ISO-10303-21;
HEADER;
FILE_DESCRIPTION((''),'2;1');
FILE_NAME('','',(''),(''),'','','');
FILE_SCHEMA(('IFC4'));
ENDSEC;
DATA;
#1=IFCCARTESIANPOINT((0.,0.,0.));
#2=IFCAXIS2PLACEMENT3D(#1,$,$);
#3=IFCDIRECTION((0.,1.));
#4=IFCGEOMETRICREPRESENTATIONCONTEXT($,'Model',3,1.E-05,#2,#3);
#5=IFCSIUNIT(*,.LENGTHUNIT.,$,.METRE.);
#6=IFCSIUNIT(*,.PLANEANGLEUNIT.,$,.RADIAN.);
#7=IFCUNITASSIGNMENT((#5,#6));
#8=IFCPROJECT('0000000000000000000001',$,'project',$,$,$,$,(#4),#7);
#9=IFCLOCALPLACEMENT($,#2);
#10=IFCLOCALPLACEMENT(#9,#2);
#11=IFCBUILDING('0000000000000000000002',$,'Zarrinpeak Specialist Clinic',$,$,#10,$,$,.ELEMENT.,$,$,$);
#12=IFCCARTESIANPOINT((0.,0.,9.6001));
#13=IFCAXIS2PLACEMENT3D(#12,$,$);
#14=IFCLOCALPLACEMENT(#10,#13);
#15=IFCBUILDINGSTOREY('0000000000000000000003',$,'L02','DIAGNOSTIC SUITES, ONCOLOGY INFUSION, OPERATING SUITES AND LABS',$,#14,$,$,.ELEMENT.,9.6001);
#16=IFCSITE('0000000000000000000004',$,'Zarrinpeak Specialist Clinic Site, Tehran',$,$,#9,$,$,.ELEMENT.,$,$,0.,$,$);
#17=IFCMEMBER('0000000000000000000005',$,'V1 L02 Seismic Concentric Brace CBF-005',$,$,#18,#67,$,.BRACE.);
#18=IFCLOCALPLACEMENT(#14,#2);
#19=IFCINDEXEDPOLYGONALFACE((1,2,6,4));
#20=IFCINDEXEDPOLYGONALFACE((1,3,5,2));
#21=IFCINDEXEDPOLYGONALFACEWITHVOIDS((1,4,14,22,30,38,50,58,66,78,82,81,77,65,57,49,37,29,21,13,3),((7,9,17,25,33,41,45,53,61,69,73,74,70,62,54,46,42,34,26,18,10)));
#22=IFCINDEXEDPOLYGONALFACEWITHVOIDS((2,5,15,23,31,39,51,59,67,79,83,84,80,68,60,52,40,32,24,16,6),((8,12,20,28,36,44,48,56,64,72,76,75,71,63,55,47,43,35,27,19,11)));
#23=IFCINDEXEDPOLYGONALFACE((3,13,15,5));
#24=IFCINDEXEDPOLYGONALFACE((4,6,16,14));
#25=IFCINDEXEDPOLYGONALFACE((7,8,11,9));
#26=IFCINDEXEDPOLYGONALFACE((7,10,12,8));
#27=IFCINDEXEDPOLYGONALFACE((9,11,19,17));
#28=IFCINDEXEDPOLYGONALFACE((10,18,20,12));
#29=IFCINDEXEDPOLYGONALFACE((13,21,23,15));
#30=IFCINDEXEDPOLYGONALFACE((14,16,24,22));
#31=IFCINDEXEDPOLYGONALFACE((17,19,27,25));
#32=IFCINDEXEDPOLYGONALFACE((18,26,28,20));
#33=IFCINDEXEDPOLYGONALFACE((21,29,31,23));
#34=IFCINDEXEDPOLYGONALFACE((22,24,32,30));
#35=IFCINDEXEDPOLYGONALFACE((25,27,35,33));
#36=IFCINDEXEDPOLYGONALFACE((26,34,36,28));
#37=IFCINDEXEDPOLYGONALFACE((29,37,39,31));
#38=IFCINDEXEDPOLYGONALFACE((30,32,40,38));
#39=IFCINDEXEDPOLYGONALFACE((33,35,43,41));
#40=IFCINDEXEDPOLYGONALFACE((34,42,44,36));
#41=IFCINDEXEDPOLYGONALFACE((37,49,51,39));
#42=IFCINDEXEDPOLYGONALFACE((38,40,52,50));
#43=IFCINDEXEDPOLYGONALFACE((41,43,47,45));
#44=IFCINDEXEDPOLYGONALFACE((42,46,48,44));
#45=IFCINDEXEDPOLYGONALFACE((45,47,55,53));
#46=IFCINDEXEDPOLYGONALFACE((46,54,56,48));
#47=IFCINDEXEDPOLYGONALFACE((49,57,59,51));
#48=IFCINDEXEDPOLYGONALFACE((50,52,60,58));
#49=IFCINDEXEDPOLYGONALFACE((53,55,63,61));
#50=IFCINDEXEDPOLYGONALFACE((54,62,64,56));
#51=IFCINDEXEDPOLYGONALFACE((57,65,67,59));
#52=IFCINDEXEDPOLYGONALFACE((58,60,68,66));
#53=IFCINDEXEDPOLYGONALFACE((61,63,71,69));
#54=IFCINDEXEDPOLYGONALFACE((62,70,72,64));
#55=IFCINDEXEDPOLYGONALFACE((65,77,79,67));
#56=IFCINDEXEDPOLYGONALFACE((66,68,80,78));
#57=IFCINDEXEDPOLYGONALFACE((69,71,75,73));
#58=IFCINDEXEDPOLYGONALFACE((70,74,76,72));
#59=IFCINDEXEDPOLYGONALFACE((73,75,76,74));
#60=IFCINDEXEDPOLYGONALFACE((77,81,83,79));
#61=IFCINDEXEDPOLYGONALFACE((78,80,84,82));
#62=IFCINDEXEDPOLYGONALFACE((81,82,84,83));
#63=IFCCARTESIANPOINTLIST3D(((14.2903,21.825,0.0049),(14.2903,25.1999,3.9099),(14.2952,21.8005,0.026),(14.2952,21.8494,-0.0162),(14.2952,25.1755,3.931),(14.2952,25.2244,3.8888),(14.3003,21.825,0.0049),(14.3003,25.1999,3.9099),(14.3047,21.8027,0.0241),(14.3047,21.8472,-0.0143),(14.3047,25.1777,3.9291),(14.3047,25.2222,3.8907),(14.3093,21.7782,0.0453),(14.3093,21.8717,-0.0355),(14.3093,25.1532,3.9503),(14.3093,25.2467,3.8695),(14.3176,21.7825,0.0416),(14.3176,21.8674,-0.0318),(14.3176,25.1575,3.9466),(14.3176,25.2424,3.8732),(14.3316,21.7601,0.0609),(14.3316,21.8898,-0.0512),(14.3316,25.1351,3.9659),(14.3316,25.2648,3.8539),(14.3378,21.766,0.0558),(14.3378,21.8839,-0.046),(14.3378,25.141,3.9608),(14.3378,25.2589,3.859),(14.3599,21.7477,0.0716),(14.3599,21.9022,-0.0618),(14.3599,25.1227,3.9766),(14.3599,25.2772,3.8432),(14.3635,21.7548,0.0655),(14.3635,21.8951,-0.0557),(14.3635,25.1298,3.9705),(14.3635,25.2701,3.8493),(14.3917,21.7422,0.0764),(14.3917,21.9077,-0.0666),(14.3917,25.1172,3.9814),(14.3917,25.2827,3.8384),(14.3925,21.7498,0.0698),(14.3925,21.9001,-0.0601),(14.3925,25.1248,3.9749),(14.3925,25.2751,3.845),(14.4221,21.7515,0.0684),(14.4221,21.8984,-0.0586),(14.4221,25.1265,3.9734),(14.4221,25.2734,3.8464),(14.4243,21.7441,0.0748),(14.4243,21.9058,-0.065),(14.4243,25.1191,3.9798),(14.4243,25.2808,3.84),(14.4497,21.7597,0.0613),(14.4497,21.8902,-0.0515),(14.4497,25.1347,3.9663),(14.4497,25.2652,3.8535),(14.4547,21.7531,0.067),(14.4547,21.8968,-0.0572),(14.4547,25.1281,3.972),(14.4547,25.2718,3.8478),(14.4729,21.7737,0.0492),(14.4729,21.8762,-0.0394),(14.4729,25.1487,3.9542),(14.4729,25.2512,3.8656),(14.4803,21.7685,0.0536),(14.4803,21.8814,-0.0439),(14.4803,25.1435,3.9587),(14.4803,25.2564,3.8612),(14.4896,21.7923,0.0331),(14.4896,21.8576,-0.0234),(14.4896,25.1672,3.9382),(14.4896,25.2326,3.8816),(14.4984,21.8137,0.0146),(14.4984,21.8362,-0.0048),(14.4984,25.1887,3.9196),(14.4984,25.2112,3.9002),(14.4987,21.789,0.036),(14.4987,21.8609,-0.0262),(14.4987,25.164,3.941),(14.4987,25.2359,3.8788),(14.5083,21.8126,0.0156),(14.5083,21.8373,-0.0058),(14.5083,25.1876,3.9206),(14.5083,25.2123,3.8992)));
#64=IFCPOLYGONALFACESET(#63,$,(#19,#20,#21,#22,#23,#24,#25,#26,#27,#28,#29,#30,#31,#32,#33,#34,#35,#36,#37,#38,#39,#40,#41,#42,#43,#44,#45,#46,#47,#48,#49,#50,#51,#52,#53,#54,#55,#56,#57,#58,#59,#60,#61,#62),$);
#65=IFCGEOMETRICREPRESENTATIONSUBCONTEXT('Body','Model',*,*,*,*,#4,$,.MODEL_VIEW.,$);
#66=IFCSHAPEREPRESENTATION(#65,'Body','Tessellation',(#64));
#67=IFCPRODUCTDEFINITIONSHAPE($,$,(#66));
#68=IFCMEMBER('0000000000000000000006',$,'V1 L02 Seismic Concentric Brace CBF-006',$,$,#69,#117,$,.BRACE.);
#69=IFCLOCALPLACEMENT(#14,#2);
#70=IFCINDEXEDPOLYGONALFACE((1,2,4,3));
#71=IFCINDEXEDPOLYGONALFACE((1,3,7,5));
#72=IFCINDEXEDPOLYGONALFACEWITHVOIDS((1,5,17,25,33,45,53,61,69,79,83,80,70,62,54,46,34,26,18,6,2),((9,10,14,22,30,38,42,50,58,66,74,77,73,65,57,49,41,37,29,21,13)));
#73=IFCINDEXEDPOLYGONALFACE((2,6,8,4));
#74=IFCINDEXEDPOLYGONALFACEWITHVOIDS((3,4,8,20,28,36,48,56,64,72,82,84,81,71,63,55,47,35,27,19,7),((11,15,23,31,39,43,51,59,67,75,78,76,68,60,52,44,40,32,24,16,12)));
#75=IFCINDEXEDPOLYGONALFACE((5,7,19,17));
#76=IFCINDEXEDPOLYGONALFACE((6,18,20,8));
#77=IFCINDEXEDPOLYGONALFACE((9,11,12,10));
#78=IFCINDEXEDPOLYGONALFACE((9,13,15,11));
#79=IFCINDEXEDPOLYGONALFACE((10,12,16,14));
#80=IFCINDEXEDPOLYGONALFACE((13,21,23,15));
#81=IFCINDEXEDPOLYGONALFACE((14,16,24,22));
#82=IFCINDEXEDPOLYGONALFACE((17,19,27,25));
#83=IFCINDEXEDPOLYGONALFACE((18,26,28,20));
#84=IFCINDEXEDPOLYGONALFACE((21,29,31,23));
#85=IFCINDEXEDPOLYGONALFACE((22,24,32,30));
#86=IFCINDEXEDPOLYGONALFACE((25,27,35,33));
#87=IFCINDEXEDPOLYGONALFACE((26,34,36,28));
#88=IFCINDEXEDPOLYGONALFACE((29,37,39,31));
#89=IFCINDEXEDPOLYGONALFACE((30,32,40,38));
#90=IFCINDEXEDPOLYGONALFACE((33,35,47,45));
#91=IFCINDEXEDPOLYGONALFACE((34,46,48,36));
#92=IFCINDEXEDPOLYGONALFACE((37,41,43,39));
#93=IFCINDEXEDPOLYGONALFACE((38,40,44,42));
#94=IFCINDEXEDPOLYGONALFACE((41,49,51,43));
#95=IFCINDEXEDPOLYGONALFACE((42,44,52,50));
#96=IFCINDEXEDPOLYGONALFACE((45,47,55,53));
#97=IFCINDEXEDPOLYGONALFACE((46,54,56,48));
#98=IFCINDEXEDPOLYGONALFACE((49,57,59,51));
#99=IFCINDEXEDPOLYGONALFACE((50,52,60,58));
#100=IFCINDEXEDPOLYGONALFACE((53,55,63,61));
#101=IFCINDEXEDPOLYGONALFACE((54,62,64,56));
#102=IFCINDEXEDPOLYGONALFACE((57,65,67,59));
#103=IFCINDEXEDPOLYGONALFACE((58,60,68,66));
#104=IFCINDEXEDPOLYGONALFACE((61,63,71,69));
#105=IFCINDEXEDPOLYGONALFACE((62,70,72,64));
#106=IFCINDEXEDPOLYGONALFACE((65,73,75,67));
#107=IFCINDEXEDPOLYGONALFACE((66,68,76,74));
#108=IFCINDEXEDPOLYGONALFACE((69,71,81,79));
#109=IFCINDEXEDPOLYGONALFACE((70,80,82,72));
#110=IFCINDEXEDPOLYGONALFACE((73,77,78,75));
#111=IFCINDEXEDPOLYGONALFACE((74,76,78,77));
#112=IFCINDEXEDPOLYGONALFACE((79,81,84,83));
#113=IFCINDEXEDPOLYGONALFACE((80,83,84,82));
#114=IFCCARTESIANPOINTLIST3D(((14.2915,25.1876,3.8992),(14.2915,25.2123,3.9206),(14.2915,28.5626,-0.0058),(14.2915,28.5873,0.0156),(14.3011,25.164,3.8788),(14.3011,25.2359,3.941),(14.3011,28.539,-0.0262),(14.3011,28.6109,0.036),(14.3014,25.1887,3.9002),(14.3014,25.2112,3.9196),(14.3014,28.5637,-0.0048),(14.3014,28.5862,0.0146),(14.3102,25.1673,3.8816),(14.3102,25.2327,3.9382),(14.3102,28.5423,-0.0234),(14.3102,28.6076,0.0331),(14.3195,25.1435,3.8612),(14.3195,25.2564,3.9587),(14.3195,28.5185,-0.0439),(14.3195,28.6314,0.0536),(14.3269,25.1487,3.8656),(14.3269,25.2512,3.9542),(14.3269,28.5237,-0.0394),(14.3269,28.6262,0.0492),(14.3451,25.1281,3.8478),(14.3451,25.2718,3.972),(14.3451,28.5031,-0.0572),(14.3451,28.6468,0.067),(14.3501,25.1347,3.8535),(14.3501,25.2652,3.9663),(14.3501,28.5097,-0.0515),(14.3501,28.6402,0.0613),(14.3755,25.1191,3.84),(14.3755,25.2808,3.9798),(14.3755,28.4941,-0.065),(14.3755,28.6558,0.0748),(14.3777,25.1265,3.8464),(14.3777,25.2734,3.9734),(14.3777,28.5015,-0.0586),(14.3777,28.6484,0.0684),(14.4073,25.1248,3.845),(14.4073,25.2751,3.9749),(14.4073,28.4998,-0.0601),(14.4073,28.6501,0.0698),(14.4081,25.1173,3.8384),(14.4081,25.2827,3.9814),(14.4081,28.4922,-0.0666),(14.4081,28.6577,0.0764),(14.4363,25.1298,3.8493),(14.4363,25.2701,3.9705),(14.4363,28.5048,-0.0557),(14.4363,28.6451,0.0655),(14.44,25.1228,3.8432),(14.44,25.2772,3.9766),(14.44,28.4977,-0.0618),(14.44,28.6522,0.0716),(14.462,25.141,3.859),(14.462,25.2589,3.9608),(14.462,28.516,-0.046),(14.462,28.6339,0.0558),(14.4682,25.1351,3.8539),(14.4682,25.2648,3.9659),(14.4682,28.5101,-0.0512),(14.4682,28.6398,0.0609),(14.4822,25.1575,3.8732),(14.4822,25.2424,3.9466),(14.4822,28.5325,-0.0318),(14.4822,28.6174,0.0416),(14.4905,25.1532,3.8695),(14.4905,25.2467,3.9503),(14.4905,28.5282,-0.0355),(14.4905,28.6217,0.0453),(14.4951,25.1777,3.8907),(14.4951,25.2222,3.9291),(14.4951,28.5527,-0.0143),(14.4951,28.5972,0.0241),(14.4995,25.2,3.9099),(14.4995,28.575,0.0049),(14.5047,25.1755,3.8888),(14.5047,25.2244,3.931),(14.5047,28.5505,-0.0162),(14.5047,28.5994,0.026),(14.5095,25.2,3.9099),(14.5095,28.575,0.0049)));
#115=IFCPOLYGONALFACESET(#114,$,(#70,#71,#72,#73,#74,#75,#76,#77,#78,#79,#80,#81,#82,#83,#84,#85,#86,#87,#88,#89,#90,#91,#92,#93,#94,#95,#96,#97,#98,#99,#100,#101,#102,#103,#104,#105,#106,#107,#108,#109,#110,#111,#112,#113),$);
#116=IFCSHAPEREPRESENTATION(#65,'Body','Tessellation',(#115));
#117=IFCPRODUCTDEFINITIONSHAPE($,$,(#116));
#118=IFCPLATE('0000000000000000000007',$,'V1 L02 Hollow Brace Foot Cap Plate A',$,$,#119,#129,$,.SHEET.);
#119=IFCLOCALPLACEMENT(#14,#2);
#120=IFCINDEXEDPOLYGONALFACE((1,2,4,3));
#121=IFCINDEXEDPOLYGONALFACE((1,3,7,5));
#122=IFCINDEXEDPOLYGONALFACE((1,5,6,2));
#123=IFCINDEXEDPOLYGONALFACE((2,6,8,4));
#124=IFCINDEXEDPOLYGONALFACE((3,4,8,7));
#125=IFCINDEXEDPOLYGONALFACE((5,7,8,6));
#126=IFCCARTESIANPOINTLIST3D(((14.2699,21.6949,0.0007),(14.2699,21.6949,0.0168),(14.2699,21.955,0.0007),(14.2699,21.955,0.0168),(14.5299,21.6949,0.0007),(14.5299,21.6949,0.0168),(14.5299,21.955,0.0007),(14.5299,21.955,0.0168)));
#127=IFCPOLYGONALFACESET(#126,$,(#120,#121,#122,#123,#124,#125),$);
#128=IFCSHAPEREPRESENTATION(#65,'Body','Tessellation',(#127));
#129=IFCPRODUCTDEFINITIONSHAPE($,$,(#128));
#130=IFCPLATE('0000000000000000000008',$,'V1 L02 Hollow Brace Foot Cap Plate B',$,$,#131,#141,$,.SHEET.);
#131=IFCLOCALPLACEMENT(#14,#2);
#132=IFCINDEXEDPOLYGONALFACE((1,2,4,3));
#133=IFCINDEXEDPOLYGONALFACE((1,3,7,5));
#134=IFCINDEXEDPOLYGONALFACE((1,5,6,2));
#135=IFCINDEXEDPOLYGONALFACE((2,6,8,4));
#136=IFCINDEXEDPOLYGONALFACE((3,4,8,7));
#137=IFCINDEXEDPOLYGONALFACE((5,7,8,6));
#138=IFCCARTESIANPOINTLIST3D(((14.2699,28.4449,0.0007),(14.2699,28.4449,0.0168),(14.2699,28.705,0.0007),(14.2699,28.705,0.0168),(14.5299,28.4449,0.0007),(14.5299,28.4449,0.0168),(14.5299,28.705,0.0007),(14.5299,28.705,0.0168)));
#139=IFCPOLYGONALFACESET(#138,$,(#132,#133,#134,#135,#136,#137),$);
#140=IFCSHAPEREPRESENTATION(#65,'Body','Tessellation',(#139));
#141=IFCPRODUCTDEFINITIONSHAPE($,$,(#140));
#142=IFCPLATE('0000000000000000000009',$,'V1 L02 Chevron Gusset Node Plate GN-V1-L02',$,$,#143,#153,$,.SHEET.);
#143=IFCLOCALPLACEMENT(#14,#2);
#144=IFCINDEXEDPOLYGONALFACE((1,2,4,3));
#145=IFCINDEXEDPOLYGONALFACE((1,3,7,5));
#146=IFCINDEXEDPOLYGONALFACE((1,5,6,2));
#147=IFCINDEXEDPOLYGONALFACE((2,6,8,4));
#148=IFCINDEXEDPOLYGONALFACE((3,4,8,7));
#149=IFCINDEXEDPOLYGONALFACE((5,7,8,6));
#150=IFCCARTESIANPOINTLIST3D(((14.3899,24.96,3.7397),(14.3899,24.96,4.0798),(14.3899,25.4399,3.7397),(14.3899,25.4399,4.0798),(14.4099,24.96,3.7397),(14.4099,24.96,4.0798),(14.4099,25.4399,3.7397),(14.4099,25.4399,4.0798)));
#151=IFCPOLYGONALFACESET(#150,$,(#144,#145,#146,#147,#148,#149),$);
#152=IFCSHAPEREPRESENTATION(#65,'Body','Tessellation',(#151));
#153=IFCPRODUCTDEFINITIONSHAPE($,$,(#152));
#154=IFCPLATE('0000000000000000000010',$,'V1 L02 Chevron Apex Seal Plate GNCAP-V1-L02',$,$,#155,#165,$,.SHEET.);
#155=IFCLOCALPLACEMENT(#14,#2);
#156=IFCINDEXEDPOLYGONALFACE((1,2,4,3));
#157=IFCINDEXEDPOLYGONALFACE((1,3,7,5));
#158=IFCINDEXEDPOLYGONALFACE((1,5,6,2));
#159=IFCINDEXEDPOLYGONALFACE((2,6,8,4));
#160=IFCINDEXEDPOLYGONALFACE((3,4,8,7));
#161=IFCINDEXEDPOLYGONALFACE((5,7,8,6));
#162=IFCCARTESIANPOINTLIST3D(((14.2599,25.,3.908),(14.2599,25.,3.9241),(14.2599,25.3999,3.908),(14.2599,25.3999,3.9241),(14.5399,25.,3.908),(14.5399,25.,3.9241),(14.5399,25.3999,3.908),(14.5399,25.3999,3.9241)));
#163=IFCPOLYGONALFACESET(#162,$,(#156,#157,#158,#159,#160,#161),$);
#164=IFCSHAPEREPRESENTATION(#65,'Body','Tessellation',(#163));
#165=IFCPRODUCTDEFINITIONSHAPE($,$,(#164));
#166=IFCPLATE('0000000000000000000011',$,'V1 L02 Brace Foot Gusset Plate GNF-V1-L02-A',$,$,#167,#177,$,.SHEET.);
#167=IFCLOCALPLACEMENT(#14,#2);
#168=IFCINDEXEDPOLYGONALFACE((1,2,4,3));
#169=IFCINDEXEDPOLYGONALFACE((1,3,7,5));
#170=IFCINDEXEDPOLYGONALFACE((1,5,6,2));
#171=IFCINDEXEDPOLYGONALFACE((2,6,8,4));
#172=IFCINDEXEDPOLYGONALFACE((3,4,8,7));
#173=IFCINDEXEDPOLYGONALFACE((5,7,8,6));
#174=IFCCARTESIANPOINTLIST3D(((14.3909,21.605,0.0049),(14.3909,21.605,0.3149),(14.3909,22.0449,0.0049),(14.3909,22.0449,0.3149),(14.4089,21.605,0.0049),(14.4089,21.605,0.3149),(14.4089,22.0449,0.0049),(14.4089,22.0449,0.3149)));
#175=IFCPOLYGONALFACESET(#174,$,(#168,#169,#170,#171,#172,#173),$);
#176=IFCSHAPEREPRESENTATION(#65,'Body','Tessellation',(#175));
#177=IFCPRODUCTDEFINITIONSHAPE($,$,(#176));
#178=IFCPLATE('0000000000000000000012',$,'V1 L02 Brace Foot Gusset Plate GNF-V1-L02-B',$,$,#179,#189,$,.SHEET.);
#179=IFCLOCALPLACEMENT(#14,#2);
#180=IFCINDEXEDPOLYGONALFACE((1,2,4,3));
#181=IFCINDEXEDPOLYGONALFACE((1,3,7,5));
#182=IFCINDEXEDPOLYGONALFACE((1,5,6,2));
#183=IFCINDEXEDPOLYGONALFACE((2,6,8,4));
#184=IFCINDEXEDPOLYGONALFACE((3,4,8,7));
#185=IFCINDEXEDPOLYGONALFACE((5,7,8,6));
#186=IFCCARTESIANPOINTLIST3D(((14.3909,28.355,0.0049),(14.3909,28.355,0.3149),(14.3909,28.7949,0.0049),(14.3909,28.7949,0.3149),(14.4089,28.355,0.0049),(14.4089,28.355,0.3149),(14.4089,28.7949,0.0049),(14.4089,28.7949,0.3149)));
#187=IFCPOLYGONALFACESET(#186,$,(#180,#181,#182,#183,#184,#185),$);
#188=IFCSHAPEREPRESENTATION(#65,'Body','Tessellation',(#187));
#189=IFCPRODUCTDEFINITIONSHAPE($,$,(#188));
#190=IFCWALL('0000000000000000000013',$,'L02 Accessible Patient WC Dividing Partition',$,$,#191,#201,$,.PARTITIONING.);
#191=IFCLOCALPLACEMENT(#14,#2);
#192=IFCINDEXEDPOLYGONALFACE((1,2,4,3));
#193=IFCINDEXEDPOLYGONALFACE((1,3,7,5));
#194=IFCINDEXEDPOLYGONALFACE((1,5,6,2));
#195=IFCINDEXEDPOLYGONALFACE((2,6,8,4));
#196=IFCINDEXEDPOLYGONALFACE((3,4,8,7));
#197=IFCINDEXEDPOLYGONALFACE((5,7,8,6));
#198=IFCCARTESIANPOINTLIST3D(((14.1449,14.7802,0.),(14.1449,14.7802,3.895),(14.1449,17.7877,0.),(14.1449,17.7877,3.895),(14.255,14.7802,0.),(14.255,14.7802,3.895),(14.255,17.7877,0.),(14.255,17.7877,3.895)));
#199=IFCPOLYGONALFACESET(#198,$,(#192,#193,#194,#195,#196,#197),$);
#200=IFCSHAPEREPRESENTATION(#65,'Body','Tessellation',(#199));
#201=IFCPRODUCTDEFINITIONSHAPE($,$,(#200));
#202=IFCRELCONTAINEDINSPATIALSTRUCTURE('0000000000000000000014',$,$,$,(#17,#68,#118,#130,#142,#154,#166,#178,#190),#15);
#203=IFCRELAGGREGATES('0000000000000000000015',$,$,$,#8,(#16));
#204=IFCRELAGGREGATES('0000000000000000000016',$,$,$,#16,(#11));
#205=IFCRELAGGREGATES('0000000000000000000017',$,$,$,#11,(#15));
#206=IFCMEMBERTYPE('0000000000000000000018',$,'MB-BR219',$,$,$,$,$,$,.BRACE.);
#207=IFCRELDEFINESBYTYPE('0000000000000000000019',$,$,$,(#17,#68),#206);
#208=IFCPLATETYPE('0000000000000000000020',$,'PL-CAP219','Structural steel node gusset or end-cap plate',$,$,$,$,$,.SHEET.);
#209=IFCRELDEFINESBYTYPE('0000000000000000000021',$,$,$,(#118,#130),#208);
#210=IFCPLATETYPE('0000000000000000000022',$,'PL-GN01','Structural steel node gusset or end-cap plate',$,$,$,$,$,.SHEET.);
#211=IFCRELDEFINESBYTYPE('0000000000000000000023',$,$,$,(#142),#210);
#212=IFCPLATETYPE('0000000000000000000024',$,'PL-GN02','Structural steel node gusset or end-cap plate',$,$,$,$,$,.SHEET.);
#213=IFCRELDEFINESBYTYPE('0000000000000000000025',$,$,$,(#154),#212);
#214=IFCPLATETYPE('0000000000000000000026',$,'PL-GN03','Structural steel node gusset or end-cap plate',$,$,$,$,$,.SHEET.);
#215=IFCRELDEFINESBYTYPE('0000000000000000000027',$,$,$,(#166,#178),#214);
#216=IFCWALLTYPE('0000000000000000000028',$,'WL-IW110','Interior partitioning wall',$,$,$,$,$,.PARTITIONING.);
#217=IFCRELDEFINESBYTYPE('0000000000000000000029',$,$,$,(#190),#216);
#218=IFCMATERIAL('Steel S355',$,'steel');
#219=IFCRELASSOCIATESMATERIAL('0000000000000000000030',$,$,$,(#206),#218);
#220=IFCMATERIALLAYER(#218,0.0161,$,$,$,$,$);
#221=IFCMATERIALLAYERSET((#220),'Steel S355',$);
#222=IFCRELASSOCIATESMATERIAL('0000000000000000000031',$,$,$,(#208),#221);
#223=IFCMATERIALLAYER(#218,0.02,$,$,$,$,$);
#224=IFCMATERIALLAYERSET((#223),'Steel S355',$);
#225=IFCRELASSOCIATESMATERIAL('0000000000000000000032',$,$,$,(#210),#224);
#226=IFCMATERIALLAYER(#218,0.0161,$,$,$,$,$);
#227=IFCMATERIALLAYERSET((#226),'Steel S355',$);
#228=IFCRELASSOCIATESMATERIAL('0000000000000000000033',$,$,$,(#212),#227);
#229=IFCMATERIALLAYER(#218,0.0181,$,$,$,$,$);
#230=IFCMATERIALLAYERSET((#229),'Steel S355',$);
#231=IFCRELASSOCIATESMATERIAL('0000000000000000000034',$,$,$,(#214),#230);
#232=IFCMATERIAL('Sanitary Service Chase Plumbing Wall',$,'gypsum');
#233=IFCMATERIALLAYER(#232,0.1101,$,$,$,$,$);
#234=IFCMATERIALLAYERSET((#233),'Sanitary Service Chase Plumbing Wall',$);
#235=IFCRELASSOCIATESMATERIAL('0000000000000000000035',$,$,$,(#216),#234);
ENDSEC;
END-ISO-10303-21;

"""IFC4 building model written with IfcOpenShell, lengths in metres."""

from ifc_helpers import new_model, si_unit, direction, frame, frame_2d, origin, origin_2d, place, context, subcontext, project, spatial, rectangle, hollow_circle, extrude, material, layer, layer_set, material_profile, profile_set, type_object, element, save


model = new_model("IFC4")

# Units and contexts
model_context = context("Model", 3, precision=1e-05, world=origin(), true_north=direction((0.0, 1.0)))
body_context = subcontext(model_context, "Body", "Model", "MODEL_VIEW")
ifc_project = project(units=[si_unit("LENGTHUNIT", "METRE"), si_unit("PLANEANGLEUNIT", "RADIAN")], contexts=[model_context])

# Site, building, storey
site_placement = place(None, origin())
site = spatial("IfcSite", under=ifc_project, at=site_placement, Name="Zarrinpeak Specialist Clinic Site, Tehran", CompositionType="ELEMENT", RefElevation=0.0)
building_placement = place(site_placement, origin())
building = spatial("IfcBuilding", under=site, at=building_placement, Name="Zarrinpeak Specialist Clinic", CompositionType="ELEMENT")
storey_placement = place(building_placement, frame((0.0, 0.0, 9.6001)))
storey = spatial("IfcBuildingStorey", under=building, at=storey_placement, Name="L02", Description="DIAGNOSTIC SUITES, ONCOLOGY INFUSION, OPERATING SUITES AND LABS", CompositionType="ELEMENT", Elevation=9.6001)

# Shared definitions
ifc_material_1 = material(Name="Steel S355", Category="steel")

# Members
ifc_material_profile_1 = material_profile(ifc_material_1, hollow_circle(Radius=0.1096, WallThickness=0.01, at=origin_2d()), Name="CHS 219.1x10.0")
ifc_profile_set_1 = profile_set([ifc_material_profile_1], Name="Steel S355")
member_type = type_object("IfcMemberType", Name="MB-BR219", PredefinedType="BRACE", material=ifc_profile_set_1)
for number, where, z_axis, x_axis, name in (
    (1, (14.3999, 21.825, 0.0049), (0.0, 0.653894, 0.756586), (-1.0, 0.0, 0.0), "V1 L02 Seismic Concentric Brace CBF-005"),
    (2, (14.3999, 28.575, 0.0049), (0.0, -0.653894, 0.756586), (1.0, 0.0, 0.0), "V1 L02 Seismic Concentric Brace CBF-006"),
):
    element("IfcMember", number, at=place(storey_placement, frame(where, z_axis=z_axis, x_axis=x_axis)), inside=storey, type_object=member_type, Name=name, PredefinedType="BRACE", context=body_context, shape_type="SweptSolid", body=[
        extrude(hollow_circle(Radius=0.1096, WallThickness=0.01, at=origin_2d()), origin(), (0.0, 0.0, 1.0), 5.1614),
    ])

# Plates
ifc_layer_1 = layer(ifc_material_1, 0.0161)
ifc_layer_set_1 = layer_set([ifc_layer_1], Name="Steel S355")
plate_type_1 = type_object("IfcPlateType", Name="PL-CAP219", Description="Structural steel node gusset or end-cap plate", PredefinedType="SHEET", material=ifc_layer_set_1)
for number, where, z_axis, x_axis, name in (
    (3, (14.3999, 21.825, 0.0007), (0.0, 0.0, 1.0), (1.0, 0.0, 0.0), "V1 L02 Hollow Brace Foot Cap Plate A"),
    (4, (14.3999, 28.575, 0.0007), (0.0, 0.0, 1.0), (1.0, 0.0, 0.0), "V1 L02 Hollow Brace Foot Cap Plate B"),
):
    element("IfcPlate", number, at=place(storey_placement, frame(where, z_axis=z_axis, x_axis=x_axis)), inside=storey, type_object=plate_type_1, Name=name, PredefinedType="SHEET", context=body_context, shape_type="SweptSolid", body=[
        extrude(rectangle(XDim=0.26, YDim=0.26, at=origin_2d()), origin(), (0.0, 0.0, 1.0), 0.0161),
    ])
ifc_layer_2 = layer(ifc_material_1, 0.02)
ifc_layer_set_2 = layer_set([ifc_layer_2], Name="Steel S355")
plate_type_2 = type_object("IfcPlateType", Name="PL-GN01", Description="Structural steel node gusset or end-cap plate", PredefinedType="SHEET", material=ifc_layer_set_2)
plate_1_placement = place(storey_placement, frame((14.3999, 25.2, 3.7397), z_axis=(0.0, 0.0, 1.0), x_axis=(1.0, 0.0, 0.0)))
element("IfcPlate", 5, at=plate_1_placement, inside=storey, type_object=plate_type_2, Name="V1 L02 Chevron Gusset Node Plate GN-V1-L02", PredefinedType="SHEET", context=body_context, shape_type="SweptSolid", body=[
    extrude(rectangle(XDim=0.02, YDim=0.48, at=origin_2d()), origin(), (0.0, 0.0, 1.0), 0.3401),
])
ifc_layer_3 = layer(ifc_material_1, 0.0161)
ifc_layer_set_3 = layer_set([ifc_layer_3], Name="Steel S355")
plate_type_3 = type_object("IfcPlateType", Name="PL-GN02", Description="Structural steel node gusset or end-cap plate", PredefinedType="SHEET", material=ifc_layer_set_3)
plate_2_placement = place(storey_placement, frame((14.3999, 25.2, 3.908), z_axis=(0.0, 0.0, 1.0), x_axis=(1.0, 0.0, 0.0)))
element("IfcPlate", 6, at=plate_2_placement, inside=storey, type_object=plate_type_3, Name="V1 L02 Chevron Apex Seal Plate GNCAP-V1-L02", PredefinedType="SHEET", context=body_context, shape_type="SweptSolid", body=[
    extrude(rectangle(XDim=0.28, YDim=0.3999, at=origin_2d()), origin(), (0.0, 0.0, 1.0), 0.0161),
])
ifc_layer_4 = layer(ifc_material_1, 0.0181)
ifc_layer_set_4 = layer_set([ifc_layer_4], Name="Steel S355")
plate_type_4 = type_object("IfcPlateType", Name="PL-GN03", Description="Structural steel node gusset or end-cap plate", PredefinedType="SHEET", material=ifc_layer_set_4)
for number, where, z_axis, x_axis, name in (
    (7, (14.3999, 21.825, 0.0049), (0.0, 0.0, 1.0), (1.0, 0.0, 0.0), "V1 L02 Brace Foot Gusset Plate GNF-V1-L02-A"),
    (8, (14.3999, 28.575, 0.0049), (0.0, 0.0, 1.0), (1.0, 0.0, 0.0), "V1 L02 Brace Foot Gusset Plate GNF-V1-L02-B"),
):
    element("IfcPlate", number, at=place(storey_placement, frame(where, z_axis=z_axis, x_axis=x_axis)), inside=storey, type_object=plate_type_4, Name=name, PredefinedType="SHEET", context=body_context, shape_type="SweptSolid", body=[
        extrude(rectangle(XDim=0.0181, YDim=0.4399, at=origin_2d()), origin(), (0.0, 0.0, 1.0), 0.3101),
    ])

# Wall
ifc_material_2 = material(Name="Sanitary Service Chase Plumbing Wall", Category="gypsum")
ifc_layer_5 = layer(ifc_material_2, 0.1101)
ifc_layer_set_5 = layer_set([ifc_layer_5], Name="Sanitary Service Chase Plumbing Wall")
wall_type_1 = type_object("IfcWallType", Name="WL-IW110", Description="Interior partitioning wall", PredefinedType="PARTITIONING", material=ifc_layer_set_5)
wall_1_placement = place(storey_placement, frame((14.2, 14.78, 0.0), z_axis=(0.0, 0.0, 1.0), x_axis=(0.0, 1.0, 0.0)))
element("IfcWall", 9, at=wall_1_placement, inside=storey, type_object=wall_type_1, Name="L02 Accessible Patient WC Dividing Partition", PredefinedType="PARTITIONING", context=body_context, shape_type="SweptSolid", body=[
    extrude(rectangle(XDim=3.0076, YDim=0.1101, at=frame_2d((1.5039, 0.0))), origin(), (0.0, 0.0, 1.0), 3.895),
])

save(model, "model.ifc")
